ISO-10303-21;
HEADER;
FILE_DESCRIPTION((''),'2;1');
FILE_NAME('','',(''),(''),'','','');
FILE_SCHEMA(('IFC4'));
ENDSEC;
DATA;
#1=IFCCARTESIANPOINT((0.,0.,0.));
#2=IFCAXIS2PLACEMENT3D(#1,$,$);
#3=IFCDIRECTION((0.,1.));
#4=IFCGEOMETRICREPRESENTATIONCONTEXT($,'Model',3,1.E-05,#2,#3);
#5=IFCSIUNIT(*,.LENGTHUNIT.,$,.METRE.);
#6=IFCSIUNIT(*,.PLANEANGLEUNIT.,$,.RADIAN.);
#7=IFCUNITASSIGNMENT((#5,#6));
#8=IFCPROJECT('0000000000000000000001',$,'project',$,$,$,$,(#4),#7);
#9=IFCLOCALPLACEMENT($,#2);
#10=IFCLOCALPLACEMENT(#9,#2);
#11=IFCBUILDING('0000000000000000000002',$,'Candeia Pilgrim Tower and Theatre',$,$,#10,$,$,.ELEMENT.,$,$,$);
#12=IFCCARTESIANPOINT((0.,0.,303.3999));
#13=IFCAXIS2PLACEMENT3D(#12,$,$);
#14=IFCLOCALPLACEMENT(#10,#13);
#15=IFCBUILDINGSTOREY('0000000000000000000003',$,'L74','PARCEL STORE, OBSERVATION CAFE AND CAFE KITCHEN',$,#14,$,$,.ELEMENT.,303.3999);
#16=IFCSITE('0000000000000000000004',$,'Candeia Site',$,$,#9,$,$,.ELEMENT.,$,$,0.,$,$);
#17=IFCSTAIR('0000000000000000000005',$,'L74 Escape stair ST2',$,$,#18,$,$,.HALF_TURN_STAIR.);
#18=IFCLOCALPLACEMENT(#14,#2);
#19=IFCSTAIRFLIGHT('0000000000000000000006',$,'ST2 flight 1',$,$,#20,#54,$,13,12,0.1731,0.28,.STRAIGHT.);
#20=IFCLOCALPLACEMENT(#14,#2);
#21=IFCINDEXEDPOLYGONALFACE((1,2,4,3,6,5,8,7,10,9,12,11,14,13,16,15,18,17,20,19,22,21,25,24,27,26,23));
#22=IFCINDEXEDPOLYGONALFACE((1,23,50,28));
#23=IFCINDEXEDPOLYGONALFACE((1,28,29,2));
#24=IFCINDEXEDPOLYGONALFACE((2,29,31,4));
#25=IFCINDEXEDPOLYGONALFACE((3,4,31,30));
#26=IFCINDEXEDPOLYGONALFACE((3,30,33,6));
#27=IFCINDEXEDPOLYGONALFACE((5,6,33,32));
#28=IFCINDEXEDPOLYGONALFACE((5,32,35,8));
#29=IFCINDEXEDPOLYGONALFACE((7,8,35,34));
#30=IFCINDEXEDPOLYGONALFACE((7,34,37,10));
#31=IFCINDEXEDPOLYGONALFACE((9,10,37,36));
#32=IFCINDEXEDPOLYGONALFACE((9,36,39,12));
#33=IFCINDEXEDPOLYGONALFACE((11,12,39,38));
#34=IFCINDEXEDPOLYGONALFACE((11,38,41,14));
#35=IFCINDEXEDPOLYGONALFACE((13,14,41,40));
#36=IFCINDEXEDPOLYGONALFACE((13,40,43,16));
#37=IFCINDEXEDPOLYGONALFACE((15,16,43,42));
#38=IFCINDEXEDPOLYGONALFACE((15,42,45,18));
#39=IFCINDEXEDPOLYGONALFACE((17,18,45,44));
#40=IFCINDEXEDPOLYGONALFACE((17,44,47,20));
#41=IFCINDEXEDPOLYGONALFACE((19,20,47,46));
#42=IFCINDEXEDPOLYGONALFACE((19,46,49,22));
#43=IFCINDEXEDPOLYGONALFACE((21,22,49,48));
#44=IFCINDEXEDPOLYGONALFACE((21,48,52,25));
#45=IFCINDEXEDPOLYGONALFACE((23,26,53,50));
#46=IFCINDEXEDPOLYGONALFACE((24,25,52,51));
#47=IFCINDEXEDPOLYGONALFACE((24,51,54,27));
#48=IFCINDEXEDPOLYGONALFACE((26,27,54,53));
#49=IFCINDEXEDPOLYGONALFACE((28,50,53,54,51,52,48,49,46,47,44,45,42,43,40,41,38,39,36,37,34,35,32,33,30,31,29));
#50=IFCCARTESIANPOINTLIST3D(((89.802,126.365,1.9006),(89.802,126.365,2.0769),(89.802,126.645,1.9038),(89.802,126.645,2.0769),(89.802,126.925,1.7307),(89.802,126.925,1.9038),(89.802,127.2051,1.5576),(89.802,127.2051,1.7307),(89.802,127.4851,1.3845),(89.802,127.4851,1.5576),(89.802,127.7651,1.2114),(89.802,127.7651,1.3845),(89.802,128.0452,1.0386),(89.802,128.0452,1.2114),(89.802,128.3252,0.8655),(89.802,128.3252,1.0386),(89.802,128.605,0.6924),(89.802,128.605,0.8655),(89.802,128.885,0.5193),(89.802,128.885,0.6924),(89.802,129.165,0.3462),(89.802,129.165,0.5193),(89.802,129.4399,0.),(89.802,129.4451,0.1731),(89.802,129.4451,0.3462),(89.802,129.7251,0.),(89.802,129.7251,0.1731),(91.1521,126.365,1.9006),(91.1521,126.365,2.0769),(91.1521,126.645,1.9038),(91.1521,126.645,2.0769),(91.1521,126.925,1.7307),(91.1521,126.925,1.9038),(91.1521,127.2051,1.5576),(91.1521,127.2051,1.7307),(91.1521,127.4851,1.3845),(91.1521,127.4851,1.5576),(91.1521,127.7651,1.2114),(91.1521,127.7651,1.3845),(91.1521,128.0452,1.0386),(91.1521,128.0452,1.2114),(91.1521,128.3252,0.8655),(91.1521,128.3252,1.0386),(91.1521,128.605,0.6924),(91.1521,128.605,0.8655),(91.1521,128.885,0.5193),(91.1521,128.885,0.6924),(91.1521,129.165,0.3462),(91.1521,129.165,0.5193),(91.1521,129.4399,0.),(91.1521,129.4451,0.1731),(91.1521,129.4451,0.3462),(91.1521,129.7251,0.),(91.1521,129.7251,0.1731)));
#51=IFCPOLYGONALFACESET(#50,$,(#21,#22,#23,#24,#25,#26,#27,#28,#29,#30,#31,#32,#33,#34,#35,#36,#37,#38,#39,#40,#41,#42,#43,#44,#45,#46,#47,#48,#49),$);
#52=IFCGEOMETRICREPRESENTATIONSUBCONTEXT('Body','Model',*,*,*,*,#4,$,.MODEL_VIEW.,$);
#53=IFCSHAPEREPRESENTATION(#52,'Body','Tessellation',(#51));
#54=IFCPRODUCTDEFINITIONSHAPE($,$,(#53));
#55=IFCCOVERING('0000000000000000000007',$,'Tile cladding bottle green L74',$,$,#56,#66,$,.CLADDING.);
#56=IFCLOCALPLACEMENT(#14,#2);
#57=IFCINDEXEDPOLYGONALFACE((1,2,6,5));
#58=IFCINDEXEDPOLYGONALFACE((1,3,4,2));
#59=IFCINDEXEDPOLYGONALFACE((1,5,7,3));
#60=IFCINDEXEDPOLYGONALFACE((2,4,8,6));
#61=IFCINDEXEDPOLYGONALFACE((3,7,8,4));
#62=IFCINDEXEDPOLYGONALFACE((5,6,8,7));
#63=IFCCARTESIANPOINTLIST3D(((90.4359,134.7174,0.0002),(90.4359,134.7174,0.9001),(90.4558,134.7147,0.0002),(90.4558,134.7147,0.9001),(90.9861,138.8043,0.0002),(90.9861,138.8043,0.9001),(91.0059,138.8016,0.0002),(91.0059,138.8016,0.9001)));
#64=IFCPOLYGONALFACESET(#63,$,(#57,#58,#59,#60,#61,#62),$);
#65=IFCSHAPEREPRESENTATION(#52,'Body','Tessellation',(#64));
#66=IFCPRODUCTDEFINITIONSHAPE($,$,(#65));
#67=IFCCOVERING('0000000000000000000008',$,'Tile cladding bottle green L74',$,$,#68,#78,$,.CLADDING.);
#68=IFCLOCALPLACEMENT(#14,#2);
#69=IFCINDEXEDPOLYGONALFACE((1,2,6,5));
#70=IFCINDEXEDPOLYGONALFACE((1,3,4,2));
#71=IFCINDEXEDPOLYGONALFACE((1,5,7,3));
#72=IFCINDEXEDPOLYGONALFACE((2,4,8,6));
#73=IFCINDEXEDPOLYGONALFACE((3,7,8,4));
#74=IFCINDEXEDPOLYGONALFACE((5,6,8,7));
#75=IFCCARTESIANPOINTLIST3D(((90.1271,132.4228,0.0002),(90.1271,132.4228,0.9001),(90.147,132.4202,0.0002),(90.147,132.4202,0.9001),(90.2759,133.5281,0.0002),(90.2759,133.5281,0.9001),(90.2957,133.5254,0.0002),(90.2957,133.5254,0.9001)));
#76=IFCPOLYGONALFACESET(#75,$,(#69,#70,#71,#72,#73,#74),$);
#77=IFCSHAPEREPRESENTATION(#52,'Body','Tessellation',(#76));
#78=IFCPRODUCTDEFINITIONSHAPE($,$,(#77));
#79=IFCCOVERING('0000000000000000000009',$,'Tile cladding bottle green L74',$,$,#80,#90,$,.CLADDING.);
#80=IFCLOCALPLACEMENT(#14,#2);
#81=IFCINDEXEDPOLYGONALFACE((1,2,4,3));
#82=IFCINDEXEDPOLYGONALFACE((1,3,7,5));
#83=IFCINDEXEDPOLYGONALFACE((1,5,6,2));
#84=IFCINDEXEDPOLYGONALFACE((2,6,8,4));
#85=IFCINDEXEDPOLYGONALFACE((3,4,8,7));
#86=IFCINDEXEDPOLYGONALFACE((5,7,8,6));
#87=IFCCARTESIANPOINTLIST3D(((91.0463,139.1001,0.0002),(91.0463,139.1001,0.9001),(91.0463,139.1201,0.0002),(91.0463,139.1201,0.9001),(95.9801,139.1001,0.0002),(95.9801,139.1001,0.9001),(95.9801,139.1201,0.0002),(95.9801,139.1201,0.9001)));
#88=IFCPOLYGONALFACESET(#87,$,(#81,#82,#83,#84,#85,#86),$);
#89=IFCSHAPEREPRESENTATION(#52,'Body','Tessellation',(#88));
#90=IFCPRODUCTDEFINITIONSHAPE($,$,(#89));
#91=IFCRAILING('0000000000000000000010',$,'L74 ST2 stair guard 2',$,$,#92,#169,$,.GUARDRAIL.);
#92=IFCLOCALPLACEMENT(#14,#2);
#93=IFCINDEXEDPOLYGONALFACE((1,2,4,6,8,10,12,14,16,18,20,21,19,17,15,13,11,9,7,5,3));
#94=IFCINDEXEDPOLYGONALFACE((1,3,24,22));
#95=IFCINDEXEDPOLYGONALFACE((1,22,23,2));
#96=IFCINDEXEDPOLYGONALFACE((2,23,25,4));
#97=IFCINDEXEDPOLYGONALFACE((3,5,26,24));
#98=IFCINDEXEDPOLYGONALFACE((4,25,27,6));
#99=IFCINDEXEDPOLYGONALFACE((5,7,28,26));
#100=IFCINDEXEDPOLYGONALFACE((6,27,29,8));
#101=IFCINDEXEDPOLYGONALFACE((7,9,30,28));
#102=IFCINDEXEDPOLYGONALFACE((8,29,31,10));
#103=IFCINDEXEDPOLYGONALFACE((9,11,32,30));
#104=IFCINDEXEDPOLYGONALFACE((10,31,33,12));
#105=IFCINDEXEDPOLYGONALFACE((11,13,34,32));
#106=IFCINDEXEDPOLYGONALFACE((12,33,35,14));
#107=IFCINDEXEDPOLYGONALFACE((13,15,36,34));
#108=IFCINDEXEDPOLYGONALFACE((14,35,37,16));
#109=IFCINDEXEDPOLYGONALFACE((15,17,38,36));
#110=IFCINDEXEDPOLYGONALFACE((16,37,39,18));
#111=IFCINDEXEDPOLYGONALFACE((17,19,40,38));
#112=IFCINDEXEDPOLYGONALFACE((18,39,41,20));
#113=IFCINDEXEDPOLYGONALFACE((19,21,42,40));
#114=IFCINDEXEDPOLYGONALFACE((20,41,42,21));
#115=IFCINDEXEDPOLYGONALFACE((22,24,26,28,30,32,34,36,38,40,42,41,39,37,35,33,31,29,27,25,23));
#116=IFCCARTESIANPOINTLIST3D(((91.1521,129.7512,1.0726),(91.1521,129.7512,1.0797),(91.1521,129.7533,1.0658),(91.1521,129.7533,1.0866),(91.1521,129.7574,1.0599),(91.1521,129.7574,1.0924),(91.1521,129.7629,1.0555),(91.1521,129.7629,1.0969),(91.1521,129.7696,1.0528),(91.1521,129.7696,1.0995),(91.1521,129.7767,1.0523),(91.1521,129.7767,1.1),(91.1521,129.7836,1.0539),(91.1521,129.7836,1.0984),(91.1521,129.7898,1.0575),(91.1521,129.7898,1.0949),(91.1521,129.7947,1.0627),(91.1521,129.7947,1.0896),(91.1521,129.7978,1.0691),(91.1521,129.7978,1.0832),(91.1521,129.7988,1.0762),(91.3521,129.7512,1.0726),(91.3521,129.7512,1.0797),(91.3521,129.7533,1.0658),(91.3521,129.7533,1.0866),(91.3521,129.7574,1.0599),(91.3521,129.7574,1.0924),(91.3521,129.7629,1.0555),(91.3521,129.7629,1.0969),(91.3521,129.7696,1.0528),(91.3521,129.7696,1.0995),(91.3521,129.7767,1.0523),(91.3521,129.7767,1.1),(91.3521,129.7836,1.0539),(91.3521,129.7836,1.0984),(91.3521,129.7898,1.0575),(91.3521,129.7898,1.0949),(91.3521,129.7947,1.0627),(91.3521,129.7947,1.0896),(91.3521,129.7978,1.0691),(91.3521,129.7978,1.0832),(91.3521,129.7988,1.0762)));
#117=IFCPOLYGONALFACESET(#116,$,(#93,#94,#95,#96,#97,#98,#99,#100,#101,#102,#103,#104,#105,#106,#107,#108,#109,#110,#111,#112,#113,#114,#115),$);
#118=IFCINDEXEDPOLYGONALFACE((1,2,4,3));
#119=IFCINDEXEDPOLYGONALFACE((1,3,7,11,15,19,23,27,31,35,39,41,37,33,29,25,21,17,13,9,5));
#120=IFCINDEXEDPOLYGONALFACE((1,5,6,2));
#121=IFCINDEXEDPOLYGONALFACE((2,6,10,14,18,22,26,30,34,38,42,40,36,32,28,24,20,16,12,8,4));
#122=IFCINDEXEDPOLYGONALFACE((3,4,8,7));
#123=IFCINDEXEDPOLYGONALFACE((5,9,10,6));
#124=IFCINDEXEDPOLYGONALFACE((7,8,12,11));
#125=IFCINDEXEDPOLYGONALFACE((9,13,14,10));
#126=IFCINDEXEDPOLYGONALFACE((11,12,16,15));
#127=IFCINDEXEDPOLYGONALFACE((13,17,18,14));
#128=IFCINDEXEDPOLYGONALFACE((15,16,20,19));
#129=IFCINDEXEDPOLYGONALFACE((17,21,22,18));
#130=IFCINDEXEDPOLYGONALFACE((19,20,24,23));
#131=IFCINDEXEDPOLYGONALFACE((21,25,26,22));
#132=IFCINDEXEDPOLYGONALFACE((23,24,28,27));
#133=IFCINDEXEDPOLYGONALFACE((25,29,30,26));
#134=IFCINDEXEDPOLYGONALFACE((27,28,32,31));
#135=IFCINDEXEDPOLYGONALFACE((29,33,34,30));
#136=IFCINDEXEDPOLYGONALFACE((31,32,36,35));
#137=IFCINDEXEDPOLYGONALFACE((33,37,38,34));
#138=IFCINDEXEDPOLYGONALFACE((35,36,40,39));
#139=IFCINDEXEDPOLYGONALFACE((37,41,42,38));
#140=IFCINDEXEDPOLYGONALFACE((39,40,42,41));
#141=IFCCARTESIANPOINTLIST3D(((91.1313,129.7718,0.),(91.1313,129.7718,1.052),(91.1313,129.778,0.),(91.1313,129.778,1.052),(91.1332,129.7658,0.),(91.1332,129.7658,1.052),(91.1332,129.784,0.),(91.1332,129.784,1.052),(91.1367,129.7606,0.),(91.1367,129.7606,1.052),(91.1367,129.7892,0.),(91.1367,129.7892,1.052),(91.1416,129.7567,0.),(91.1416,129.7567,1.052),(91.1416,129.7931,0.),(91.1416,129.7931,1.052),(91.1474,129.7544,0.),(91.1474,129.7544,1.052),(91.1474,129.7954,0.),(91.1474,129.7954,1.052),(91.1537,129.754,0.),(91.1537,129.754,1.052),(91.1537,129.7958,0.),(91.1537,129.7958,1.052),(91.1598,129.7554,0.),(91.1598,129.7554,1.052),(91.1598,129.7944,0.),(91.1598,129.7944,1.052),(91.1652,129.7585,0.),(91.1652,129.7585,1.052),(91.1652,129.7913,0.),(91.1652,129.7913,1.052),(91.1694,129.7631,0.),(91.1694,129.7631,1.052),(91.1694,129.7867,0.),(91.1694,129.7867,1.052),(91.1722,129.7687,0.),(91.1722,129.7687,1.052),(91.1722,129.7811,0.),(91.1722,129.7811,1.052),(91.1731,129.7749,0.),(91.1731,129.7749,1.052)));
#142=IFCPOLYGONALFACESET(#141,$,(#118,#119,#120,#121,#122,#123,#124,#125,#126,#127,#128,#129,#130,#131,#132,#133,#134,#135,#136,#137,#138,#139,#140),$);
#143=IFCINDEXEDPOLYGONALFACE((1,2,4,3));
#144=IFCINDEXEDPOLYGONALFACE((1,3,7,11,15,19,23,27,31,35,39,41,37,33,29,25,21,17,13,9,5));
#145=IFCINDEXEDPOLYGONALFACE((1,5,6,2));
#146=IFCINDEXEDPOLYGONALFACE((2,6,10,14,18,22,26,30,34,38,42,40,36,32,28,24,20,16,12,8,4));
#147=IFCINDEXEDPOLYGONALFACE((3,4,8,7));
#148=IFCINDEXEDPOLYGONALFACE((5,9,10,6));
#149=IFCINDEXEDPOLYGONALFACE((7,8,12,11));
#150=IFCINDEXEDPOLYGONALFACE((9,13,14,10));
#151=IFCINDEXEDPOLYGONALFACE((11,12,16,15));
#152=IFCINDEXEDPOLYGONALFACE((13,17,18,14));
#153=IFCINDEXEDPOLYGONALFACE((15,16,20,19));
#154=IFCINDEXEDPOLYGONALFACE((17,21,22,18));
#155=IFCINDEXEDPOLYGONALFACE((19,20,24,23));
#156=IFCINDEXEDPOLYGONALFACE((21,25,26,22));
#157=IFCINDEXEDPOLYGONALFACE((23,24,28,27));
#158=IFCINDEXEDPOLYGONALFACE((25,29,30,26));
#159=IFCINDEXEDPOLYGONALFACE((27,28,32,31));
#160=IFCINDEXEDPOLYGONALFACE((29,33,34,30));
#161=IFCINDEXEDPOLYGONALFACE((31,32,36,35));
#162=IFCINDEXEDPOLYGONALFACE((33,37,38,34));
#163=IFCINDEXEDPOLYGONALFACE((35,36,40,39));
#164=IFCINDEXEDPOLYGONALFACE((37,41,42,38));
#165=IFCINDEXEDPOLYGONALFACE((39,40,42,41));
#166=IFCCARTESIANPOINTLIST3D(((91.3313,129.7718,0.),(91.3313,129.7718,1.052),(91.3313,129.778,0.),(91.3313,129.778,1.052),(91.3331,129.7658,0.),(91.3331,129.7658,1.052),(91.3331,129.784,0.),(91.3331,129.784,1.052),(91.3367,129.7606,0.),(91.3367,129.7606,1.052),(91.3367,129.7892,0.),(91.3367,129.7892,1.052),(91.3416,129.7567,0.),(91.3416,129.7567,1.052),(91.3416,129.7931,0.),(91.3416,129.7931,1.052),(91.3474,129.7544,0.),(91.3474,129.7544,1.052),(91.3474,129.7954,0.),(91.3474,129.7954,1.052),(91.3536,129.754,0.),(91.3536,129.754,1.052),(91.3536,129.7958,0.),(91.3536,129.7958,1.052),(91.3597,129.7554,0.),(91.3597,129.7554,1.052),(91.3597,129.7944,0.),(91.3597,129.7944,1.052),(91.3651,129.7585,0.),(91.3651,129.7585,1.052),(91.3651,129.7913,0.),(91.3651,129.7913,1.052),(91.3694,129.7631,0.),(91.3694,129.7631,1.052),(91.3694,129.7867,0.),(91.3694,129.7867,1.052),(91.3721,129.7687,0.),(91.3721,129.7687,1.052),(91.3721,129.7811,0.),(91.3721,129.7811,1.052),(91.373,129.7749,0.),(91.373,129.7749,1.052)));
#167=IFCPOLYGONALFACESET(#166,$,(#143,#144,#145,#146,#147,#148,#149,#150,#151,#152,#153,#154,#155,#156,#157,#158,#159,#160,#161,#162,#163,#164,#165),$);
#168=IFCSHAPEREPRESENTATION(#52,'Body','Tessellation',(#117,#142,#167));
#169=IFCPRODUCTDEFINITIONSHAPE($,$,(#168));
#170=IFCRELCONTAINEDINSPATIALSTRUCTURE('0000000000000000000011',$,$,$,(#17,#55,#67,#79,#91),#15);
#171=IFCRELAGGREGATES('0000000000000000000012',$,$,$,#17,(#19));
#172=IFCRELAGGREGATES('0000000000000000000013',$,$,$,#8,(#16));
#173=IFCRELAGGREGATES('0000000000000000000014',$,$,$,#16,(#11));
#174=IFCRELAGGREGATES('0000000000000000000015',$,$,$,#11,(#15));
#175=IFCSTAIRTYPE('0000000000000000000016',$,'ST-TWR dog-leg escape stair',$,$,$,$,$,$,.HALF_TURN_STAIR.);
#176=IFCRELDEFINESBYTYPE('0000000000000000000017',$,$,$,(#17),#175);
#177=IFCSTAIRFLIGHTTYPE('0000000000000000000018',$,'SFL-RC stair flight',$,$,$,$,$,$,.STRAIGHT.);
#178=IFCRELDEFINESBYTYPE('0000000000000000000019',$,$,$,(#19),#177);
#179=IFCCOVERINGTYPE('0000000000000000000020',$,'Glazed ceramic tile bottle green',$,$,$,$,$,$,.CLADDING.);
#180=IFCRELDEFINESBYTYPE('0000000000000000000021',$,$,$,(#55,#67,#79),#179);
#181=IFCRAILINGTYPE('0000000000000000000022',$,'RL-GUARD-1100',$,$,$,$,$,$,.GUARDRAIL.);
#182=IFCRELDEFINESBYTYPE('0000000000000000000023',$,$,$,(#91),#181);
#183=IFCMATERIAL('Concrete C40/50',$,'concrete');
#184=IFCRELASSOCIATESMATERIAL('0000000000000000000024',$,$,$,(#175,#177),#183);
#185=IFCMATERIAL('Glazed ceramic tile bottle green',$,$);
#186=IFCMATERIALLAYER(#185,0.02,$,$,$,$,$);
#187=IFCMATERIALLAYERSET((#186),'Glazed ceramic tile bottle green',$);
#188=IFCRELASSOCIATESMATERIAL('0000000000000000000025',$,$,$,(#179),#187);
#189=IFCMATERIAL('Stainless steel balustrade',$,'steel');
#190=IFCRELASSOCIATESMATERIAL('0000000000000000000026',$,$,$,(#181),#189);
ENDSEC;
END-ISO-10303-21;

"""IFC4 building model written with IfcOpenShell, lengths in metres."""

from ifc_helpers import new_model, si_unit, direction, frame, origin, origin_2d, place, context, subcontext, project, spatial, polyline, rectangle, circle, outline, extrude, material, layer, layer_set, type_object, element, aggregate, save


model = new_model("IFC4")

# Units and contexts
model_context = context("Model", 3, precision=1e-05, world=origin(), true_north=direction((0.0, 1.0)))
body_context = subcontext(model_context, "Body", "Model", "MODEL_VIEW")
ifc_project = project(units=[si_unit("LENGTHUNIT", "METRE"), si_unit("PLANEANGLEUNIT", "RADIAN")], contexts=[model_context])

# Site, building, storey
site_placement = place(None, origin())
site = spatial("IfcSite", under=ifc_project, at=site_placement, Name="Candeia Site", CompositionType="ELEMENT", RefElevation=0.0)
building_placement = place(site_placement, origin())
building = spatial("IfcBuilding", under=site, at=building_placement, Name="Candeia Pilgrim Tower and Theatre", CompositionType="ELEMENT")
storey_placement = place(building_placement, frame((0.0, 0.0, 303.3999)))
storey = spatial("IfcBuildingStorey", under=building, at=storey_placement, Name="L74", Description="PARCEL STORE, OBSERVATION CAFE AND CAFE KITCHEN", CompositionType="ELEMENT", Elevation=303.3999)

# Shared definitions
ifc_material_1 = material(Name="Concrete C40/50", Category="concrete")

# Stair, stair flight
stair_type = type_object("IfcStairType", Name="ST-TWR dog-leg escape stair", PredefinedType="HALF_TURN_STAIR", material=ifc_material_1)
stair_placement = place(storey_placement, origin())
stair = element("IfcStair", 1, at=stair_placement, inside=storey, type_object=stair_type, Name="L74 Escape stair ST2", PredefinedType="HALF_TURN_STAIR")
stair_flight_type = type_object("IfcStairFlightType", Name="SFL-RC stair flight", PredefinedType="STRAIGHT", material=ifc_material_1)
stair_flight_placement = place(storey_placement, frame((90.4771, 129.7251, 0.0), z_axis=(0.0, 0.0, 1.0), x_axis=(0.0, -1.0, 0.0)))
stair_flight = element("IfcStairFlight", 2, at=stair_flight_placement, type_object=stair_flight_type, Name="ST2 flight 1", NumberOfRisers=13, NumberOfTreads=12, PredefinedType="STRAIGHT", RiserHeight=0.1731, TreadLength=0.28, context=body_context, shape_type="SweptSolid", body=[
    extrude(outline(polyline([(0.0, 0.0), (0.0, 0.1731), (0.28, 0.1731), (0.28, 0.3462), (0.5601, 0.3462), (0.5601, 0.5193), (0.8401, 0.5193), (0.8401, 0.6924), (1.1201, 0.6924), (1.1201, 0.8655), (1.3999, 0.8655), (1.3999, 1.0386), (1.6799, 1.0386), (1.6799, 1.2114), (1.96, 1.2114), (1.96, 1.3845), (2.24, 1.3845), (2.24, 1.5576), (2.52, 1.5576), (2.52, 1.7307), (2.8, 1.7307), (2.8, 1.9038), (3.0801, 1.9038), (3.0801, 2.0769), (3.3601, 2.0769), (3.3601, 2.25), (3.3601, 1.9006), (0.2852, 0.0), (0.0, 0.0)])), frame((0.0, 0.675, 0.0), z_axis=(0.0, -1.0, 0.0), x_axis=(1.0, 0.0, 0.0)), (0.0, 0.0, 1.0), 1.3501),
])
aggregate(stair, [stair_flight])

# Shared definitions
ifc_material_2 = material(Name="Stainless steel balustrade", Category="steel")

# Coverings
ifc_material_3 = material(Name="Glazed ceramic tile bottle green")
ifc_layer_1 = layer(ifc_material_3, 0.02)
ifc_layer_set_1 = layer_set([ifc_layer_1], Name="Glazed ceramic tile bottle green")
covering_type = type_object("IfcCoveringType", Name="Glazed ceramic tile bottle green", PredefinedType="CLADDING", material=ifc_layer_set_1)
covering_1_placement = place(storey_placement, frame((90.7209, 136.7595, 0.0002), z_axis=(0.0, 0.0, 1.0), x_axis=(-0.133412, -0.991061, 0.0)))
element("IfcCovering", 3, at=covering_1_placement, inside=storey, type_object=covering_type, Name="Tile cladding bottle green L74", PredefinedType="CLADDING", context=body_context, shape_type="SweptSolid", body=[
    extrude(rectangle(XDim=4.1238, YDim=0.02, at=origin_2d()), origin(), (0.0, 0.0, 1.0), 0.8999),
])
covering_2_placement = place(storey_placement, frame((90.2114, 132.9741, 0.0002), z_axis=(0.0, 0.0, 1.0), x_axis=(-0.133412, -0.991061, 0.0)))
element("IfcCovering", 4, at=covering_2_placement, inside=storey, type_object=covering_type, Name="Tile cladding bottle green L74", PredefinedType="CLADDING", context=body_context, shape_type="SweptSolid", body=[
    extrude(rectangle(XDim=1.1152, YDim=0.02, at=origin_2d()), origin(), (0.0, 0.0, 1.0), 0.8999),
])
covering_3_placement = place(storey_placement, frame((93.5132, 139.1101, 0.0002), z_axis=(0.0, 0.0, 1.0), x_axis=(-1.0, 0.0, 0.0)))
element("IfcCovering", 5, at=covering_3_placement, inside=storey, type_object=covering_type, Name="Tile cladding bottle green L74", PredefinedType="CLADDING", context=body_context, shape_type="SweptSolid", body=[
    extrude(rectangle(XDim=4.9338, YDim=0.02, at=origin_2d()), origin(), (0.0, 0.0, 1.0), 0.8999),
])

# Railing
railing_type_1 = type_object("IfcRailingType", Name="RL-GUARD-1100", PredefinedType="GUARDRAIL", material=ifc_material_2)
railing_1_placement = place(storey_placement, frame((91.1521, 129.7749, 0.0)))
element("IfcRailing", 6, at=railing_1_placement, inside=storey, type_object=railing_type_1, Name="L74 ST2 stair guard 2", PredefinedType="GUARDRAIL", context=body_context, shape_type="SweptSolid", body=[
    extrude(circle(Radius=0.0239, at=origin_2d()), frame((0.0, 0.0, 1.0762), z_axis=(1.0, 0.0, 0.0), x_axis=(0.0, 1.0, 0.0)), (0.0, 0.0, 1.0), 0.2),
    extrude(circle(Radius=0.021, at=origin_2d()), origin(), (0.0, 0.0, 1.0), 1.052),
    extrude(circle(Radius=0.021, at=origin_2d()), frame((0.2, 0.0, 0.0)), (0.0, 0.0, 1.0), 1.052),
])

save(model, "model.ifc")
